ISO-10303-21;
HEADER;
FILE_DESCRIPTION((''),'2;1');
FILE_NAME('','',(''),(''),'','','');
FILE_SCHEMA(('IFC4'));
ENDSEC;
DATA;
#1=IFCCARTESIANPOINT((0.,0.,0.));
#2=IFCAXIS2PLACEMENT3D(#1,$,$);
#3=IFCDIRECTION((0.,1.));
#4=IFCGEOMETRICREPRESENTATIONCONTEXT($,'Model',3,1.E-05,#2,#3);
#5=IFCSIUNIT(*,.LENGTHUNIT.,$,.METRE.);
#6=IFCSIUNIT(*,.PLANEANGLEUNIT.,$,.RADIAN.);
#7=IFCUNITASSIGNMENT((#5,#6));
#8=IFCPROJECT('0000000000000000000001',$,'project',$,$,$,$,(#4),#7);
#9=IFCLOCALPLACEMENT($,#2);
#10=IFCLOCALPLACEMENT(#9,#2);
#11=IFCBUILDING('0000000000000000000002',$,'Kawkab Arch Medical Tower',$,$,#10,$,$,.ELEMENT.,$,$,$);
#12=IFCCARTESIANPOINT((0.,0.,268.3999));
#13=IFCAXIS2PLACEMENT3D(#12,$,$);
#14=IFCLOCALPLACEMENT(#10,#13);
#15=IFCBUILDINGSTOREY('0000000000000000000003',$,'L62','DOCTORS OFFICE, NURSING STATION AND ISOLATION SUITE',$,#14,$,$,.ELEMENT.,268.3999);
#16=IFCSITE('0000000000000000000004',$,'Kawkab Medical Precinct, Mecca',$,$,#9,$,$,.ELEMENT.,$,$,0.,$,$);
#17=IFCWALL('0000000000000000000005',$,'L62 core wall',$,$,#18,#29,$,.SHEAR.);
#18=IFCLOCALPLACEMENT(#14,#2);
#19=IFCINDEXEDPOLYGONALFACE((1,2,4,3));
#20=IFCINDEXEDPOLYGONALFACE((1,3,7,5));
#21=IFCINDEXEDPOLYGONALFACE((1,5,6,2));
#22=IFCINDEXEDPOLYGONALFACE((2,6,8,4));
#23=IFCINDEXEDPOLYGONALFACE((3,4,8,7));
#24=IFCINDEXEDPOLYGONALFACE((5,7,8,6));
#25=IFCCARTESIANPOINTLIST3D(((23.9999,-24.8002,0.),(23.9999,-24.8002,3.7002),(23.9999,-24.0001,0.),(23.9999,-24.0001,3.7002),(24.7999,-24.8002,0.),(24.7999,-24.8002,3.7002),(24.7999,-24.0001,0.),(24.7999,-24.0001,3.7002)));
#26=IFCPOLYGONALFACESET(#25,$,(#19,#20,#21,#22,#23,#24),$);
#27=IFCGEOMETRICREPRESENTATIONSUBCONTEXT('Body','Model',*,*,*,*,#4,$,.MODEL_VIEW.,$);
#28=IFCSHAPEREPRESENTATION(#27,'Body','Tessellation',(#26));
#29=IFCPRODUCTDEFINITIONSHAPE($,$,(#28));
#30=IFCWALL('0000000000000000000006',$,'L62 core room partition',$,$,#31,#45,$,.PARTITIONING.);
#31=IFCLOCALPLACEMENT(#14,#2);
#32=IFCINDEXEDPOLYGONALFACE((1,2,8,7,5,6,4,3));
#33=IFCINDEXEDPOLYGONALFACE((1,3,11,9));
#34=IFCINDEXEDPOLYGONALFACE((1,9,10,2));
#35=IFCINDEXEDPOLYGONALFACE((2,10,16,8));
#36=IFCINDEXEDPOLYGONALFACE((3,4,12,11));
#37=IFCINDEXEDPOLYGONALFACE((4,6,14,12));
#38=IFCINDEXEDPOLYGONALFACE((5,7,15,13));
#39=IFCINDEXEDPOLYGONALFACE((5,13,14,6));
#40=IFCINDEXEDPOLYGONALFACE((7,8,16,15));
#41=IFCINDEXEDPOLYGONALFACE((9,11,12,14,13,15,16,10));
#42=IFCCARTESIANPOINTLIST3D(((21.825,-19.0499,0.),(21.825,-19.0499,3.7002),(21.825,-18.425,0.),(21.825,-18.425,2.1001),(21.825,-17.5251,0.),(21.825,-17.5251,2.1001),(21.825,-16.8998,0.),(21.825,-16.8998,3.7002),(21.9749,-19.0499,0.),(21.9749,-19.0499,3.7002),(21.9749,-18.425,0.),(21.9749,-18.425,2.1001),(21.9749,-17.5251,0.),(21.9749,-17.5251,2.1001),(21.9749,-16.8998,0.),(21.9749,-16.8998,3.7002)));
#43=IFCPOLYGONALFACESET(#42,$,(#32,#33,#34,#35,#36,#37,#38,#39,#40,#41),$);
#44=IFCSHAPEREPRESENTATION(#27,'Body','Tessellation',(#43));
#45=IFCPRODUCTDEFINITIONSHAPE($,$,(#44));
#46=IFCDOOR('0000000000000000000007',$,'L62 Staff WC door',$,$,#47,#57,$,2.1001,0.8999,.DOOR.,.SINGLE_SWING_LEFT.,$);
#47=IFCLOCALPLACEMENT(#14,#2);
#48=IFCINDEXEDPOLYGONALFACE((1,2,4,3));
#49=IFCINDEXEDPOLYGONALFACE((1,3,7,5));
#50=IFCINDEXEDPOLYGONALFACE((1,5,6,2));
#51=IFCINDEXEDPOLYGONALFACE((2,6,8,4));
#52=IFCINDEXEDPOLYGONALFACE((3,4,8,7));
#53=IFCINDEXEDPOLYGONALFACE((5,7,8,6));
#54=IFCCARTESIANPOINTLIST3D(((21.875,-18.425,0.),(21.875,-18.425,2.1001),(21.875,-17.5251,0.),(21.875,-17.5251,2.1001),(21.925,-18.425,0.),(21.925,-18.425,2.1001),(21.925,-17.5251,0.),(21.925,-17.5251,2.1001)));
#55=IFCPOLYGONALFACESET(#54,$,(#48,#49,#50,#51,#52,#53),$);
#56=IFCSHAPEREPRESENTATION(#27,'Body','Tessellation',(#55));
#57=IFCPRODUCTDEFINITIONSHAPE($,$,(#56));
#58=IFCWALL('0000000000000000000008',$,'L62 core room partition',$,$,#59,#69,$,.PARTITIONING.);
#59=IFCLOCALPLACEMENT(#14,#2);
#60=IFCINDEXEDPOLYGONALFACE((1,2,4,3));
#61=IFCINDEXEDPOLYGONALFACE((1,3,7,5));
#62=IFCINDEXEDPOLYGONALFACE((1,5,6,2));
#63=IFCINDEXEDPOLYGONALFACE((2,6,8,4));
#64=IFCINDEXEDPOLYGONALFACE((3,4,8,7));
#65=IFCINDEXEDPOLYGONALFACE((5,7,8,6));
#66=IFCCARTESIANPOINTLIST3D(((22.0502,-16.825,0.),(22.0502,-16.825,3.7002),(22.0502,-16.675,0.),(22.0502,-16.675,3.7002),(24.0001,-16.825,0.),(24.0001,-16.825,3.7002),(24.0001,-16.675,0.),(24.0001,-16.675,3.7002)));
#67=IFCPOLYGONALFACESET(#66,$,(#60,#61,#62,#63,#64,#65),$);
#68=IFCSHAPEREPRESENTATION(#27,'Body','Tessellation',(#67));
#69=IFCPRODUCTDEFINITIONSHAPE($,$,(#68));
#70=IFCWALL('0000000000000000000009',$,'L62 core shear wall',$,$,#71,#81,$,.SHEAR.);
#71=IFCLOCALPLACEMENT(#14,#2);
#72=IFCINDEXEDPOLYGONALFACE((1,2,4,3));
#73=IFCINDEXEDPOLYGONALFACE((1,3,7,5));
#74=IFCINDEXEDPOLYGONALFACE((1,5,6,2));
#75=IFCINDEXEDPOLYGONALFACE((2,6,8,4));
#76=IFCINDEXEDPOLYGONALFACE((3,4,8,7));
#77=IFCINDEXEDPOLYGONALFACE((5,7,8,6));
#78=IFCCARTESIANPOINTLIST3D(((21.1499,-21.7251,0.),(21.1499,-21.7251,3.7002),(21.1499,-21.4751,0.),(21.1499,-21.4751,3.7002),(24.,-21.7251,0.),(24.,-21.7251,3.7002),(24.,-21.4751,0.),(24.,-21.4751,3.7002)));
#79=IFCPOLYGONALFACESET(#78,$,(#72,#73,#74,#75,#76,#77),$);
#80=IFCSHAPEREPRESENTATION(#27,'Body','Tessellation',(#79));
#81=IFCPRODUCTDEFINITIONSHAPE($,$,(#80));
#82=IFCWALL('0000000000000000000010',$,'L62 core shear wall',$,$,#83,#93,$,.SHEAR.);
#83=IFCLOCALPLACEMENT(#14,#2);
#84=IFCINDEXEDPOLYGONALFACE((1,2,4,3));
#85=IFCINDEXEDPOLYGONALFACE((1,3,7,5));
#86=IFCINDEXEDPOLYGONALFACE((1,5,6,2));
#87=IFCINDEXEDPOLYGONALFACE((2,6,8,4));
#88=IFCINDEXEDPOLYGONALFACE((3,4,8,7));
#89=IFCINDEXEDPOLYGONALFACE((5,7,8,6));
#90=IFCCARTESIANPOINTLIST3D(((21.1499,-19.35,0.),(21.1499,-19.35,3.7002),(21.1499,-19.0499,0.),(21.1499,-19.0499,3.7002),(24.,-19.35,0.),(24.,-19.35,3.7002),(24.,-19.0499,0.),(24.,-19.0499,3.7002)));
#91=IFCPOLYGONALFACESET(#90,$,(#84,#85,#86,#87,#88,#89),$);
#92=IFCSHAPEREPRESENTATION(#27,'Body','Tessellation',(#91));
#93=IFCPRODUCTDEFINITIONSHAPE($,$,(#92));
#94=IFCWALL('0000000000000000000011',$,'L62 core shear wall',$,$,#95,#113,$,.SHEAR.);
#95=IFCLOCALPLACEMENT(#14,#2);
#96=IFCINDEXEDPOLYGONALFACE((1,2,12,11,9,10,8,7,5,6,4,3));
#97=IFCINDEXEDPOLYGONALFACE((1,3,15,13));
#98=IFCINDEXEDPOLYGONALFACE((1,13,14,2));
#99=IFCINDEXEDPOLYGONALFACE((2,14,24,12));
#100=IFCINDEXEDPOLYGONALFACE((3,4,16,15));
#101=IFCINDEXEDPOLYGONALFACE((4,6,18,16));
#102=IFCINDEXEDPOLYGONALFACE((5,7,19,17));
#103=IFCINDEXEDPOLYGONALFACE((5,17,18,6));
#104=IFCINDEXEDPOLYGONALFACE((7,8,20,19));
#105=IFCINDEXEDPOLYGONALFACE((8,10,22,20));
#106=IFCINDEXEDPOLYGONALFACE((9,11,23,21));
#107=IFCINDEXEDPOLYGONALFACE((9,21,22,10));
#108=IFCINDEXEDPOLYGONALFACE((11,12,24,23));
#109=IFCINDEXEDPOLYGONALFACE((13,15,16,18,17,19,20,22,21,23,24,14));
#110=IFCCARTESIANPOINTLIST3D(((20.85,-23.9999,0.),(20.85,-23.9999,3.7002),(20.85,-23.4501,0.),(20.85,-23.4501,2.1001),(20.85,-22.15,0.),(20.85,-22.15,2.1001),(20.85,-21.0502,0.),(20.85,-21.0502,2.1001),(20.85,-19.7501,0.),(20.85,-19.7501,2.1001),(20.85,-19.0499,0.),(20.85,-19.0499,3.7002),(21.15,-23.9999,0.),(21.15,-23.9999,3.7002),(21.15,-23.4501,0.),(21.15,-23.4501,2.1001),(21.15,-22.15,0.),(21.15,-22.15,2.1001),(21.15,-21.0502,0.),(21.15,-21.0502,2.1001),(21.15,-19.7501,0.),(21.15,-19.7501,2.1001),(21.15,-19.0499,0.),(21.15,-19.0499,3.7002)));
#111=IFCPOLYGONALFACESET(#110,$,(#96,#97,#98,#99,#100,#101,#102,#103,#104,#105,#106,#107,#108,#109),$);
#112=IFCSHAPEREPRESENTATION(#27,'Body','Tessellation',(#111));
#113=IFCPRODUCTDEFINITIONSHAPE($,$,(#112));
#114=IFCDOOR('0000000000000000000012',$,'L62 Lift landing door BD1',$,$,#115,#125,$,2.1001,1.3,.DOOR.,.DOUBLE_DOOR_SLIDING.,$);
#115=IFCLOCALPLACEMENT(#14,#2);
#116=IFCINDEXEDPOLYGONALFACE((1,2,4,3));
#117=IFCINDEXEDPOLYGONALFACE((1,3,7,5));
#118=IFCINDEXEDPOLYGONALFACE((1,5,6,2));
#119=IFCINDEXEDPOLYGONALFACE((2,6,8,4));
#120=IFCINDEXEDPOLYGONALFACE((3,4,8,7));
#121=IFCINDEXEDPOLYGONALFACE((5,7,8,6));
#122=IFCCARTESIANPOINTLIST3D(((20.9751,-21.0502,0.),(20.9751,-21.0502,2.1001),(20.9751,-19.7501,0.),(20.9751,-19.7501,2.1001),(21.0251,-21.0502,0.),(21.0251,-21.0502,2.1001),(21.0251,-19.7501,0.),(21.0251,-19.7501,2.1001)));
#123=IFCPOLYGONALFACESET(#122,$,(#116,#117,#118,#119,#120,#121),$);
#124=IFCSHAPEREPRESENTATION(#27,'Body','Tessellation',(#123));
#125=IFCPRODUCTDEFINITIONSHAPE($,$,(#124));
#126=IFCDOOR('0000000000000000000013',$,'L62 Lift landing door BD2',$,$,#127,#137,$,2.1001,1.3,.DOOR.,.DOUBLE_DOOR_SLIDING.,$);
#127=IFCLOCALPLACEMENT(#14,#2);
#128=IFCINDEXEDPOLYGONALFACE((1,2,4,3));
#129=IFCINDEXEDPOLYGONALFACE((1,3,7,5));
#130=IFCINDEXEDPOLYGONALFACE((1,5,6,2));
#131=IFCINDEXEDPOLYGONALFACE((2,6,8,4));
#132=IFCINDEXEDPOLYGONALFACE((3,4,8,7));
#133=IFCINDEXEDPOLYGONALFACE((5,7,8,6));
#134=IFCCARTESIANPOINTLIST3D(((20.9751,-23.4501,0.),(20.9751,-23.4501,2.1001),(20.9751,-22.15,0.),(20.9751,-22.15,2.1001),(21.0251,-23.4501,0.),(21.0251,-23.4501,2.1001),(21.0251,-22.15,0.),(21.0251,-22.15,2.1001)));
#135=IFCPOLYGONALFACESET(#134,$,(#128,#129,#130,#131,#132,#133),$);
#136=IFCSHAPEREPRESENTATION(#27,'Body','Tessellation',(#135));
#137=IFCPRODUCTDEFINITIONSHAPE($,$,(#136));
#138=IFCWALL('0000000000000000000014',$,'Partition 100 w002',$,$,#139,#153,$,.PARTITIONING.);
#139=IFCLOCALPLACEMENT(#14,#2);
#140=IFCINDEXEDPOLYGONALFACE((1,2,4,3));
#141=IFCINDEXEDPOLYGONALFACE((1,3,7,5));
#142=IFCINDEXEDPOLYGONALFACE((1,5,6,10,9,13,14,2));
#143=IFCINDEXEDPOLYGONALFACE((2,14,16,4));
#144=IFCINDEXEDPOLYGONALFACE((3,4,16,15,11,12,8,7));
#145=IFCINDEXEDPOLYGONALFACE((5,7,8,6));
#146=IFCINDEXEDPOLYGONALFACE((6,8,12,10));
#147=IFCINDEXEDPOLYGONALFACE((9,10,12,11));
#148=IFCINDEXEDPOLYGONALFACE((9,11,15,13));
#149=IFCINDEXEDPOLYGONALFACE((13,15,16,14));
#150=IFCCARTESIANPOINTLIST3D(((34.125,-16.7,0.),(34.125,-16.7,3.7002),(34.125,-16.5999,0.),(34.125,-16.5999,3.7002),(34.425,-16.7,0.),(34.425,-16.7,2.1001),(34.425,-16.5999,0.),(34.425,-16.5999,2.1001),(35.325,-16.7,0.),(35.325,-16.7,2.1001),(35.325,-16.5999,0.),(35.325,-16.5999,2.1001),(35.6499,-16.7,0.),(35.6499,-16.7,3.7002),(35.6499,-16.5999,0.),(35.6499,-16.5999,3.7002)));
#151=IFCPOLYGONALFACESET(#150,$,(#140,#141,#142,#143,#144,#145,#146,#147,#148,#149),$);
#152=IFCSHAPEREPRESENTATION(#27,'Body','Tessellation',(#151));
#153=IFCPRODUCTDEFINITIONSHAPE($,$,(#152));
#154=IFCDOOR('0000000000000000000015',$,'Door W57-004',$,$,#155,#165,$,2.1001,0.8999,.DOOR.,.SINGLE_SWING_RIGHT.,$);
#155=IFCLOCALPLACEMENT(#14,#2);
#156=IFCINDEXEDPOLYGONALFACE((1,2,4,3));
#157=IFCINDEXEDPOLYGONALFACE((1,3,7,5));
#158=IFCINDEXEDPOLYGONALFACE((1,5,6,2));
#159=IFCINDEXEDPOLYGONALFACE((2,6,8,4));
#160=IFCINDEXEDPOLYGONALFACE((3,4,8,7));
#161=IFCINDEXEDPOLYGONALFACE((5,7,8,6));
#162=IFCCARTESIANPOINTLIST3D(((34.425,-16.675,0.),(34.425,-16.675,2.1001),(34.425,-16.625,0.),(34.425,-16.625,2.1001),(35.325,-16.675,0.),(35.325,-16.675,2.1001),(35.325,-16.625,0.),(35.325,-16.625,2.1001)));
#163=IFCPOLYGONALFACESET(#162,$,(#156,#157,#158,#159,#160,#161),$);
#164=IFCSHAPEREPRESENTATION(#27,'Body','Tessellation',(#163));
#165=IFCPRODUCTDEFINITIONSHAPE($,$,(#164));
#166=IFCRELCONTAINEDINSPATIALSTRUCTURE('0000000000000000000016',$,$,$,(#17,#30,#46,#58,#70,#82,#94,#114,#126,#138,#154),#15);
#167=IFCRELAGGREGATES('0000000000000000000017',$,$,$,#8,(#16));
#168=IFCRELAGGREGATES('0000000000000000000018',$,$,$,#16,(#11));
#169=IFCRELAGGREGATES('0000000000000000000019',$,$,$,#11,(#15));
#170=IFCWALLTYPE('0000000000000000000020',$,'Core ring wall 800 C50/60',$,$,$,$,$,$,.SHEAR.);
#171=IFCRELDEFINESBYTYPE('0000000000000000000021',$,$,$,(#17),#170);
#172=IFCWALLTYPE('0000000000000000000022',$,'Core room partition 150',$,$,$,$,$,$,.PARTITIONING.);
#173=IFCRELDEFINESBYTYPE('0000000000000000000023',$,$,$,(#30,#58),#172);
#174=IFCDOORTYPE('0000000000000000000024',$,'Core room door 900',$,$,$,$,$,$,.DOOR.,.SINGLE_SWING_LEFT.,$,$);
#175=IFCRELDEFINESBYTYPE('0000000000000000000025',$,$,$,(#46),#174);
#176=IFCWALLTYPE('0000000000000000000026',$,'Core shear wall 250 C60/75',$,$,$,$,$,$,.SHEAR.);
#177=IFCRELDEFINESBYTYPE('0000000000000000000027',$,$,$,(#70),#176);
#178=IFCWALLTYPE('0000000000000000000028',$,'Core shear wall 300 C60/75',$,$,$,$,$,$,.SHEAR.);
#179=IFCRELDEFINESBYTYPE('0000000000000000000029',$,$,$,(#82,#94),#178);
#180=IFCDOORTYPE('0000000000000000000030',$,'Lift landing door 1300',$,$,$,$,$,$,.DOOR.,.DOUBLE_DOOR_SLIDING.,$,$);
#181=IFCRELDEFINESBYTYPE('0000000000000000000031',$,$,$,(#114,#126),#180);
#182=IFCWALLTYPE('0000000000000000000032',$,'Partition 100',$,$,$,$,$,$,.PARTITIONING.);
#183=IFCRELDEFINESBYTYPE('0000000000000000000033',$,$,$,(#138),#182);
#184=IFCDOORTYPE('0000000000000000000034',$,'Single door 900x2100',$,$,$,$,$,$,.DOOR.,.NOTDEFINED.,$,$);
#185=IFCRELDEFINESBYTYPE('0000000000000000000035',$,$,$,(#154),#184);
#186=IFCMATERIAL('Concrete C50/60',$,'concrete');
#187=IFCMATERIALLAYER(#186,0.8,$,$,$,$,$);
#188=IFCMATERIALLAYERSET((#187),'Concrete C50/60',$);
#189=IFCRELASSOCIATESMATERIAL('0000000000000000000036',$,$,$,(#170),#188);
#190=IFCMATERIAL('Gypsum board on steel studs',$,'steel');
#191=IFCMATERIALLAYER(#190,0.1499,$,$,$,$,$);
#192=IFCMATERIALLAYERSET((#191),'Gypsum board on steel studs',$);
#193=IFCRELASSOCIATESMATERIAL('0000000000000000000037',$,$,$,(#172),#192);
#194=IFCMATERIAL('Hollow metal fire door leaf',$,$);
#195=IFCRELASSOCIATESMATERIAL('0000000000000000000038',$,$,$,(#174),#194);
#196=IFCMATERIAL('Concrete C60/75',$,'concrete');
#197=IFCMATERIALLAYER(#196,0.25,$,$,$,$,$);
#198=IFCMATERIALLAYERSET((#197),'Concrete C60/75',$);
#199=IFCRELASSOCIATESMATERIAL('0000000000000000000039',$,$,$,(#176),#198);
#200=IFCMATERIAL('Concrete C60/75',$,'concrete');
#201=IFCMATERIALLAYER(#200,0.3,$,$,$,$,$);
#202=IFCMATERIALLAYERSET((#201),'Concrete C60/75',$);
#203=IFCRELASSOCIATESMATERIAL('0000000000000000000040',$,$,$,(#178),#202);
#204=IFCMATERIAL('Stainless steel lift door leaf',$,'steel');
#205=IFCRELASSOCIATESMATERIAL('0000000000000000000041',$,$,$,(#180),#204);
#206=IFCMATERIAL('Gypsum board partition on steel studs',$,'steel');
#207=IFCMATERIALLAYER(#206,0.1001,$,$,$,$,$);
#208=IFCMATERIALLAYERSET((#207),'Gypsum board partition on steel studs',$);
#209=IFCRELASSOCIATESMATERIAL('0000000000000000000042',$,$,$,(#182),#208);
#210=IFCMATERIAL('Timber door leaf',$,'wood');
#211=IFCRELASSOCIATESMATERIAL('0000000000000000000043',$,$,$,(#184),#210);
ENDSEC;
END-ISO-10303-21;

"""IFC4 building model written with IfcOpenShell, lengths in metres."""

from ifc_helpers import new_model, si_unit, direction, frame, frame_2d, origin, place, context, subcontext, project, spatial, rectangle, extrude, material, layer, layer_set, type_object, element, fill, save


model = new_model("IFC4")

# Units and contexts
model_context = context("Model", 3, precision=1e-05, world=origin(), true_north=direction((0.0, 1.0)))
body_context = subcontext(model_context, "Body", "Model", "MODEL_VIEW")
ifc_project = project(units=[si_unit("LENGTHUNIT", "METRE"), si_unit("PLANEANGLEUNIT", "RADIAN")], contexts=[model_context])

# Site, building, storey
site_placement = place(None, origin())
site = spatial("IfcSite", under=ifc_project, at=site_placement, Name="Kawkab Medical Precinct, Mecca", CompositionType="ELEMENT", RefElevation=0.0)
building_placement = place(site_placement, origin())
building = spatial("IfcBuilding", under=site, at=building_placement, Name="Kawkab Arch Medical Tower", CompositionType="ELEMENT")
storey_placement = place(building_placement, frame((0.0, 0.0, 268.3999)))
storey = spatial("IfcBuildingStorey", under=building, at=storey_placement, Name="L62", Description="DOCTORS OFFICE, NURSING STATION AND ISOLATION SUITE", CompositionType="ELEMENT", Elevation=268.3999)

# Shared definitions
ifc_material_1 = material(Name="Concrete C50/60", Category="concrete")
ifc_layer_1 = layer(ifc_material_1, 0.8)
ifc_layer_set_1 = layer_set([ifc_layer_1], Name="Concrete C50/60")
wall_type_1 = type_object("IfcWallType", Name="Core ring wall 800 C50/60", PredefinedType="SHEAR", material=ifc_layer_set_1)

# Wall
wall_1_placement = place(storey_placement, frame((24.3999, -24.8, 0.0), z_axis=(0.0, 0.0, 1.0), x_axis=(0.0, 1.0, 0.0)))
element("IfcWall", 1, at=wall_1_placement, inside=storey, type_object=wall_type_1, Name="L62 core wall", PredefinedType="SHEAR", context=body_context, shape_type="SweptSolid", body=[
    extrude(rectangle(XDim=0.8, YDim=0.8, at=frame_2d((0.3999, 0.0))), origin(), (0.0, 0.0, 1.0), 3.7002),
])

# Wall, opening, door
ifc_material_2 = material(Name="Gypsum board on steel studs", Category="steel")
ifc_layer_2 = layer(ifc_material_2, 0.1499)
ifc_layer_set_2 = layer_set([ifc_layer_2], Name="Gypsum board on steel studs")
wall_type_2 = type_object("IfcWallType", Name="Core room partition 150", PredefinedType="PARTITIONING", material=ifc_layer_set_2)
wall_2_placement = place(storey_placement, frame((21.8999, -19.05, 0.0), z_axis=(0.0, 0.0, 1.0), x_axis=(0.0, 1.0, 0.0)))
wall_2 = element("IfcWall", 2, at=wall_2_placement, inside=storey, type_object=wall_type_2, Name="L62 core room partition", PredefinedType="PARTITIONING", context=body_context, shape_type="SweptSolid", body=[
    extrude(rectangle(XDim=2.1501, YDim=0.1499, at=frame_2d((1.0752, 0.0))), origin(), (0.0, 0.0, 1.0), 3.7002),
])
opening_1_placement = place(wall_2_placement, frame((0.625, 0.0, 0.0)))
opening_1 = element("IfcOpeningElement", 3, at=opening_1_placement, cuts=wall_2, PredefinedType="OPENING", context=body_context, shape_type="SweptSolid", body=[
    extrude(rectangle(XDim=0.8999, YDim=2.1001, at=frame_2d((0.45, 1.05))), frame((0.0, 0.085, 0.0), z_axis=(0.0, -1.0, 0.0), x_axis=(1.0, 0.0, 0.0)), (0.0, 0.0, 1.0), 0.1699),
])
ifc_material_3 = material(Name="Hollow metal fire door leaf")
door_type_1 = type_object("IfcDoorType", Name="Core room door 900", OperationType="SINGLE_SWING_LEFT", PredefinedType="DOOR", material=ifc_material_3)
door_1_placement = place(opening_1_placement, origin())
door_1 = element("IfcDoor", 4, at=door_1_placement, inside=storey, type_object=door_type_1, Name="L62 Staff WC door", OperationType="SINGLE_SWING_LEFT", OverallHeight=2.1001, OverallWidth=0.8999, PredefinedType="DOOR", context=body_context, shape_type="SweptSolid", body=[
    extrude(rectangle(XDim=0.8999, YDim=2.1001, at=frame_2d((0.45, 1.05))), frame((0.0, 0.0249, 0.0), z_axis=(0.0, -1.0, 0.0), x_axis=(1.0, 0.0, 0.0)), (0.0, 0.0, 1.0), 0.05),
])
fill(opening_1, door_1)

# Walls
wall_3_placement = place(storey_placement, frame((22.05, -16.75, 0.0), z_axis=(0.0, 0.0, 1.0), x_axis=(1.0, 0.0, 0.0)))
element("IfcWall", 5, at=wall_3_placement, inside=storey, type_object=wall_type_2, Name="L62 core room partition", PredefinedType="PARTITIONING", context=body_context, shape_type="SweptSolid", body=[
    extrude(rectangle(XDim=1.95, YDim=0.1499, at=frame_2d((0.9751, 0.0))), origin(), (0.0, 0.0, 1.0), 3.7002),
])
ifc_material_4 = material(Name="Concrete C60/75", Category="concrete")
ifc_layer_3 = layer(ifc_material_4, 0.25)
ifc_layer_set_3 = layer_set([ifc_layer_3], Name="Concrete C60/75")
wall_type_3 = type_object("IfcWallType", Name="Core shear wall 250 C60/75", PredefinedType="SHEAR", material=ifc_layer_set_3)
wall_4_placement = place(storey_placement, frame((21.1499, -21.6001, 0.0), z_axis=(0.0, 0.0, 1.0), x_axis=(1.0, 0.0, 0.0)))
element("IfcWall", 6, at=wall_4_placement, inside=storey, type_object=wall_type_3, Name="L62 core shear wall", PredefinedType="SHEAR", context=body_context, shape_type="SweptSolid", body=[
    extrude(rectangle(XDim=2.8501, YDim=0.25, at=frame_2d((1.425, 0.0))), origin(), (0.0, 0.0, 1.0), 3.7002),
])
ifc_material_5 = material(Name="Concrete C60/75", Category="concrete")
ifc_layer_4 = layer(ifc_material_5, 0.3)
ifc_layer_set_4 = layer_set([ifc_layer_4], Name="Concrete C60/75")
wall_type_4 = type_object("IfcWallType", Name="Core shear wall 300 C60/75", PredefinedType="SHEAR", material=ifc_layer_set_4)
wall_5_placement = place(storey_placement, frame((21.1499, -19.2, 0.0), z_axis=(0.0, 0.0, 1.0), x_axis=(1.0, 0.0, 0.0)))
element("IfcWall", 7, at=wall_5_placement, inside=storey, type_object=wall_type_4, Name="L62 core shear wall", PredefinedType="SHEAR", context=body_context, shape_type="SweptSolid", body=[
    extrude(rectangle(XDim=2.8501, YDim=0.3, at=frame_2d((1.425, 0.0))), origin(), (0.0, 0.0, 1.0), 3.7002),
])

# Wall, openings, doors
wall_6_placement = place(storey_placement, frame((21.0, -24.0, 0.0), z_axis=(0.0, 0.0, 1.0), x_axis=(0.0, 1.0, 0.0)))
wall_6 = element("IfcWall", 8, at=wall_6_placement, inside=storey, type_object=wall_type_4, Name="L62 core shear wall", PredefinedType="SHEAR", context=body_context, shape_type="SweptSolid", body=[
    extrude(rectangle(XDim=4.95, YDim=0.3, at=frame_2d((2.4751, 0.0))), origin(), (0.0, 0.0, 1.0), 3.7002),
])
opening_2_placement = place(wall_6_placement, frame((2.95, 0.0, 0.0)))
opening_2 = element("IfcOpeningElement", 9, at=opening_2_placement, cuts=wall_6, PredefinedType="OPENING", context=body_context, shape_type="SweptSolid", body=[
    extrude(rectangle(XDim=1.3, YDim=2.1001, at=frame_2d((0.6499, 1.05))), frame((0.0, 0.1599, 0.0), z_axis=(0.0, -1.0, 0.0), x_axis=(1.0, 0.0, 0.0)), (0.0, 0.0, 1.0), 0.3201),
])
opening_3_placement = place(wall_6_placement, frame((0.55, 0.0, 0.0)))
opening_3 = element("IfcOpeningElement", 10, at=opening_3_placement, cuts=wall_6, PredefinedType="OPENING", context=body_context, shape_type="SweptSolid", body=[
    extrude(rectangle(XDim=1.3, YDim=2.1001, at=frame_2d((0.6499, 1.05))), frame((0.0, 0.1599, 0.0), z_axis=(0.0, -1.0, 0.0), x_axis=(1.0, 0.0, 0.0)), (0.0, 0.0, 1.0), 0.3201),
])
ifc_material_6 = material(Name="Stainless steel lift door leaf", Category="steel")
door_type_2 = type_object("IfcDoorType", Name="Lift landing door 1300", OperationType="DOUBLE_DOOR_SLIDING", PredefinedType="DOOR", material=ifc_material_6)
door_2_placement = place(opening_2_placement, origin())
door_2 = element("IfcDoor", 11, at=door_2_placement, inside=storey, type_object=door_type_2, Name="L62 Lift landing door BD1", OperationType="DOUBLE_DOOR_SLIDING", OverallHeight=2.1001, OverallWidth=1.3, PredefinedType="DOOR", context=body_context, shape_type="SweptSolid", body=[
    extrude(rectangle(XDim=1.3, YDim=2.1001, at=frame_2d((0.6499, 1.05))), frame((0.0, 0.0249, 0.0), z_axis=(0.0, -1.0, 0.0), x_axis=(1.0, 0.0, 0.0)), (0.0, 0.0, 1.0), 0.05),
])
fill(opening_2, door_2)
door_3_placement = place(opening_3_placement, origin())
door_3 = element("IfcDoor", 12, at=door_3_placement, inside=storey, type_object=door_type_2, Name="L62 Lift landing door BD2", OperationType="DOUBLE_DOOR_SLIDING", OverallHeight=2.1001, OverallWidth=1.3, PredefinedType="DOOR", context=body_context, shape_type="SweptSolid", body=[
    extrude(rectangle(XDim=1.3, YDim=2.1001, at=frame_2d((0.6499, 1.05))), frame((0.0, 0.0249, 0.0), z_axis=(0.0, -1.0, 0.0), x_axis=(1.0, 0.0, 0.0)), (0.0, 0.0, 1.0), 0.05),
])
fill(opening_3, door_3)

# Wall, opening, door
ifc_material_7 = material(Name="Gypsum board partition on steel studs", Category="steel")
ifc_layer_5 = layer(ifc_material_7, 0.1001)
ifc_layer_set_5 = layer_set([ifc_layer_5], Name="Gypsum board partition on steel studs")
wall_type_5 = type_object("IfcWallType", Name="Partition 100", PredefinedType="PARTITIONING", material=ifc_layer_set_5)
wall_7_placement = place(storey_placement, frame((34.125, -16.6499, 0.0), z_axis=(0.0, 0.0, 1.0), x_axis=(1.0, 0.0, 0.0)))
wall_7 = element("IfcWall", 13, at=wall_7_placement, inside=storey, type_object=wall_type_5, Name="Partition 100 w002", PredefinedType="PARTITIONING", context=body_context, shape_type="SweptSolid", body=[
    extrude(rectangle(XDim=1.5249, YDim=0.1001, at=frame_2d((0.7625, 0.0))), origin(), (0.0, 0.0, 1.0), 3.7002),
])
opening_4_placement = place(wall_7_placement, frame((0.3, 0.0, 0.0)))
opening_4 = element("IfcOpeningElement", 14, at=opening_4_placement, cuts=wall_7, PredefinedType="OPENING", context=body_context, shape_type="SweptSolid", body=[
    extrude(rectangle(XDim=0.8999, YDim=2.1001, at=frame_2d((0.45, 1.05))), frame((0.0, 0.0601, 0.0), z_axis=(0.0, -1.0, 0.0), x_axis=(1.0, 0.0, 0.0)), (0.0, 0.0, 1.0), 0.1201),
])
ifc_material_8 = material(Name="Timber door leaf", Category="wood")
door_type_3 = type_object("IfcDoorType", Name="Single door 900x2100", OperationType="NOTDEFINED", PredefinedType="DOOR", material=ifc_material_8)
door_4_placement = place(opening_4_placement, origin())
door_4 = element("IfcDoor", 15, at=door_4_placement, inside=storey, type_object=door_type_3, Name="Door W57-004", OperationType="SINGLE_SWING_RIGHT", OverallHeight=2.1001, OverallWidth=0.8999, PredefinedType="DOOR", context=body_context, shape_type="SweptSolid", body=[
    extrude(rectangle(XDim=0.8999, YDim=2.1001, at=frame_2d((0.45, 1.05))), frame((0.0, 0.0249, 0.0), z_axis=(0.0, -1.0, 0.0), x_axis=(1.0, 0.0, 0.0)), (0.0, 0.0, 1.0), 0.05),
])
fill(opening_4, door_4)

save(model, "model.ifc")
